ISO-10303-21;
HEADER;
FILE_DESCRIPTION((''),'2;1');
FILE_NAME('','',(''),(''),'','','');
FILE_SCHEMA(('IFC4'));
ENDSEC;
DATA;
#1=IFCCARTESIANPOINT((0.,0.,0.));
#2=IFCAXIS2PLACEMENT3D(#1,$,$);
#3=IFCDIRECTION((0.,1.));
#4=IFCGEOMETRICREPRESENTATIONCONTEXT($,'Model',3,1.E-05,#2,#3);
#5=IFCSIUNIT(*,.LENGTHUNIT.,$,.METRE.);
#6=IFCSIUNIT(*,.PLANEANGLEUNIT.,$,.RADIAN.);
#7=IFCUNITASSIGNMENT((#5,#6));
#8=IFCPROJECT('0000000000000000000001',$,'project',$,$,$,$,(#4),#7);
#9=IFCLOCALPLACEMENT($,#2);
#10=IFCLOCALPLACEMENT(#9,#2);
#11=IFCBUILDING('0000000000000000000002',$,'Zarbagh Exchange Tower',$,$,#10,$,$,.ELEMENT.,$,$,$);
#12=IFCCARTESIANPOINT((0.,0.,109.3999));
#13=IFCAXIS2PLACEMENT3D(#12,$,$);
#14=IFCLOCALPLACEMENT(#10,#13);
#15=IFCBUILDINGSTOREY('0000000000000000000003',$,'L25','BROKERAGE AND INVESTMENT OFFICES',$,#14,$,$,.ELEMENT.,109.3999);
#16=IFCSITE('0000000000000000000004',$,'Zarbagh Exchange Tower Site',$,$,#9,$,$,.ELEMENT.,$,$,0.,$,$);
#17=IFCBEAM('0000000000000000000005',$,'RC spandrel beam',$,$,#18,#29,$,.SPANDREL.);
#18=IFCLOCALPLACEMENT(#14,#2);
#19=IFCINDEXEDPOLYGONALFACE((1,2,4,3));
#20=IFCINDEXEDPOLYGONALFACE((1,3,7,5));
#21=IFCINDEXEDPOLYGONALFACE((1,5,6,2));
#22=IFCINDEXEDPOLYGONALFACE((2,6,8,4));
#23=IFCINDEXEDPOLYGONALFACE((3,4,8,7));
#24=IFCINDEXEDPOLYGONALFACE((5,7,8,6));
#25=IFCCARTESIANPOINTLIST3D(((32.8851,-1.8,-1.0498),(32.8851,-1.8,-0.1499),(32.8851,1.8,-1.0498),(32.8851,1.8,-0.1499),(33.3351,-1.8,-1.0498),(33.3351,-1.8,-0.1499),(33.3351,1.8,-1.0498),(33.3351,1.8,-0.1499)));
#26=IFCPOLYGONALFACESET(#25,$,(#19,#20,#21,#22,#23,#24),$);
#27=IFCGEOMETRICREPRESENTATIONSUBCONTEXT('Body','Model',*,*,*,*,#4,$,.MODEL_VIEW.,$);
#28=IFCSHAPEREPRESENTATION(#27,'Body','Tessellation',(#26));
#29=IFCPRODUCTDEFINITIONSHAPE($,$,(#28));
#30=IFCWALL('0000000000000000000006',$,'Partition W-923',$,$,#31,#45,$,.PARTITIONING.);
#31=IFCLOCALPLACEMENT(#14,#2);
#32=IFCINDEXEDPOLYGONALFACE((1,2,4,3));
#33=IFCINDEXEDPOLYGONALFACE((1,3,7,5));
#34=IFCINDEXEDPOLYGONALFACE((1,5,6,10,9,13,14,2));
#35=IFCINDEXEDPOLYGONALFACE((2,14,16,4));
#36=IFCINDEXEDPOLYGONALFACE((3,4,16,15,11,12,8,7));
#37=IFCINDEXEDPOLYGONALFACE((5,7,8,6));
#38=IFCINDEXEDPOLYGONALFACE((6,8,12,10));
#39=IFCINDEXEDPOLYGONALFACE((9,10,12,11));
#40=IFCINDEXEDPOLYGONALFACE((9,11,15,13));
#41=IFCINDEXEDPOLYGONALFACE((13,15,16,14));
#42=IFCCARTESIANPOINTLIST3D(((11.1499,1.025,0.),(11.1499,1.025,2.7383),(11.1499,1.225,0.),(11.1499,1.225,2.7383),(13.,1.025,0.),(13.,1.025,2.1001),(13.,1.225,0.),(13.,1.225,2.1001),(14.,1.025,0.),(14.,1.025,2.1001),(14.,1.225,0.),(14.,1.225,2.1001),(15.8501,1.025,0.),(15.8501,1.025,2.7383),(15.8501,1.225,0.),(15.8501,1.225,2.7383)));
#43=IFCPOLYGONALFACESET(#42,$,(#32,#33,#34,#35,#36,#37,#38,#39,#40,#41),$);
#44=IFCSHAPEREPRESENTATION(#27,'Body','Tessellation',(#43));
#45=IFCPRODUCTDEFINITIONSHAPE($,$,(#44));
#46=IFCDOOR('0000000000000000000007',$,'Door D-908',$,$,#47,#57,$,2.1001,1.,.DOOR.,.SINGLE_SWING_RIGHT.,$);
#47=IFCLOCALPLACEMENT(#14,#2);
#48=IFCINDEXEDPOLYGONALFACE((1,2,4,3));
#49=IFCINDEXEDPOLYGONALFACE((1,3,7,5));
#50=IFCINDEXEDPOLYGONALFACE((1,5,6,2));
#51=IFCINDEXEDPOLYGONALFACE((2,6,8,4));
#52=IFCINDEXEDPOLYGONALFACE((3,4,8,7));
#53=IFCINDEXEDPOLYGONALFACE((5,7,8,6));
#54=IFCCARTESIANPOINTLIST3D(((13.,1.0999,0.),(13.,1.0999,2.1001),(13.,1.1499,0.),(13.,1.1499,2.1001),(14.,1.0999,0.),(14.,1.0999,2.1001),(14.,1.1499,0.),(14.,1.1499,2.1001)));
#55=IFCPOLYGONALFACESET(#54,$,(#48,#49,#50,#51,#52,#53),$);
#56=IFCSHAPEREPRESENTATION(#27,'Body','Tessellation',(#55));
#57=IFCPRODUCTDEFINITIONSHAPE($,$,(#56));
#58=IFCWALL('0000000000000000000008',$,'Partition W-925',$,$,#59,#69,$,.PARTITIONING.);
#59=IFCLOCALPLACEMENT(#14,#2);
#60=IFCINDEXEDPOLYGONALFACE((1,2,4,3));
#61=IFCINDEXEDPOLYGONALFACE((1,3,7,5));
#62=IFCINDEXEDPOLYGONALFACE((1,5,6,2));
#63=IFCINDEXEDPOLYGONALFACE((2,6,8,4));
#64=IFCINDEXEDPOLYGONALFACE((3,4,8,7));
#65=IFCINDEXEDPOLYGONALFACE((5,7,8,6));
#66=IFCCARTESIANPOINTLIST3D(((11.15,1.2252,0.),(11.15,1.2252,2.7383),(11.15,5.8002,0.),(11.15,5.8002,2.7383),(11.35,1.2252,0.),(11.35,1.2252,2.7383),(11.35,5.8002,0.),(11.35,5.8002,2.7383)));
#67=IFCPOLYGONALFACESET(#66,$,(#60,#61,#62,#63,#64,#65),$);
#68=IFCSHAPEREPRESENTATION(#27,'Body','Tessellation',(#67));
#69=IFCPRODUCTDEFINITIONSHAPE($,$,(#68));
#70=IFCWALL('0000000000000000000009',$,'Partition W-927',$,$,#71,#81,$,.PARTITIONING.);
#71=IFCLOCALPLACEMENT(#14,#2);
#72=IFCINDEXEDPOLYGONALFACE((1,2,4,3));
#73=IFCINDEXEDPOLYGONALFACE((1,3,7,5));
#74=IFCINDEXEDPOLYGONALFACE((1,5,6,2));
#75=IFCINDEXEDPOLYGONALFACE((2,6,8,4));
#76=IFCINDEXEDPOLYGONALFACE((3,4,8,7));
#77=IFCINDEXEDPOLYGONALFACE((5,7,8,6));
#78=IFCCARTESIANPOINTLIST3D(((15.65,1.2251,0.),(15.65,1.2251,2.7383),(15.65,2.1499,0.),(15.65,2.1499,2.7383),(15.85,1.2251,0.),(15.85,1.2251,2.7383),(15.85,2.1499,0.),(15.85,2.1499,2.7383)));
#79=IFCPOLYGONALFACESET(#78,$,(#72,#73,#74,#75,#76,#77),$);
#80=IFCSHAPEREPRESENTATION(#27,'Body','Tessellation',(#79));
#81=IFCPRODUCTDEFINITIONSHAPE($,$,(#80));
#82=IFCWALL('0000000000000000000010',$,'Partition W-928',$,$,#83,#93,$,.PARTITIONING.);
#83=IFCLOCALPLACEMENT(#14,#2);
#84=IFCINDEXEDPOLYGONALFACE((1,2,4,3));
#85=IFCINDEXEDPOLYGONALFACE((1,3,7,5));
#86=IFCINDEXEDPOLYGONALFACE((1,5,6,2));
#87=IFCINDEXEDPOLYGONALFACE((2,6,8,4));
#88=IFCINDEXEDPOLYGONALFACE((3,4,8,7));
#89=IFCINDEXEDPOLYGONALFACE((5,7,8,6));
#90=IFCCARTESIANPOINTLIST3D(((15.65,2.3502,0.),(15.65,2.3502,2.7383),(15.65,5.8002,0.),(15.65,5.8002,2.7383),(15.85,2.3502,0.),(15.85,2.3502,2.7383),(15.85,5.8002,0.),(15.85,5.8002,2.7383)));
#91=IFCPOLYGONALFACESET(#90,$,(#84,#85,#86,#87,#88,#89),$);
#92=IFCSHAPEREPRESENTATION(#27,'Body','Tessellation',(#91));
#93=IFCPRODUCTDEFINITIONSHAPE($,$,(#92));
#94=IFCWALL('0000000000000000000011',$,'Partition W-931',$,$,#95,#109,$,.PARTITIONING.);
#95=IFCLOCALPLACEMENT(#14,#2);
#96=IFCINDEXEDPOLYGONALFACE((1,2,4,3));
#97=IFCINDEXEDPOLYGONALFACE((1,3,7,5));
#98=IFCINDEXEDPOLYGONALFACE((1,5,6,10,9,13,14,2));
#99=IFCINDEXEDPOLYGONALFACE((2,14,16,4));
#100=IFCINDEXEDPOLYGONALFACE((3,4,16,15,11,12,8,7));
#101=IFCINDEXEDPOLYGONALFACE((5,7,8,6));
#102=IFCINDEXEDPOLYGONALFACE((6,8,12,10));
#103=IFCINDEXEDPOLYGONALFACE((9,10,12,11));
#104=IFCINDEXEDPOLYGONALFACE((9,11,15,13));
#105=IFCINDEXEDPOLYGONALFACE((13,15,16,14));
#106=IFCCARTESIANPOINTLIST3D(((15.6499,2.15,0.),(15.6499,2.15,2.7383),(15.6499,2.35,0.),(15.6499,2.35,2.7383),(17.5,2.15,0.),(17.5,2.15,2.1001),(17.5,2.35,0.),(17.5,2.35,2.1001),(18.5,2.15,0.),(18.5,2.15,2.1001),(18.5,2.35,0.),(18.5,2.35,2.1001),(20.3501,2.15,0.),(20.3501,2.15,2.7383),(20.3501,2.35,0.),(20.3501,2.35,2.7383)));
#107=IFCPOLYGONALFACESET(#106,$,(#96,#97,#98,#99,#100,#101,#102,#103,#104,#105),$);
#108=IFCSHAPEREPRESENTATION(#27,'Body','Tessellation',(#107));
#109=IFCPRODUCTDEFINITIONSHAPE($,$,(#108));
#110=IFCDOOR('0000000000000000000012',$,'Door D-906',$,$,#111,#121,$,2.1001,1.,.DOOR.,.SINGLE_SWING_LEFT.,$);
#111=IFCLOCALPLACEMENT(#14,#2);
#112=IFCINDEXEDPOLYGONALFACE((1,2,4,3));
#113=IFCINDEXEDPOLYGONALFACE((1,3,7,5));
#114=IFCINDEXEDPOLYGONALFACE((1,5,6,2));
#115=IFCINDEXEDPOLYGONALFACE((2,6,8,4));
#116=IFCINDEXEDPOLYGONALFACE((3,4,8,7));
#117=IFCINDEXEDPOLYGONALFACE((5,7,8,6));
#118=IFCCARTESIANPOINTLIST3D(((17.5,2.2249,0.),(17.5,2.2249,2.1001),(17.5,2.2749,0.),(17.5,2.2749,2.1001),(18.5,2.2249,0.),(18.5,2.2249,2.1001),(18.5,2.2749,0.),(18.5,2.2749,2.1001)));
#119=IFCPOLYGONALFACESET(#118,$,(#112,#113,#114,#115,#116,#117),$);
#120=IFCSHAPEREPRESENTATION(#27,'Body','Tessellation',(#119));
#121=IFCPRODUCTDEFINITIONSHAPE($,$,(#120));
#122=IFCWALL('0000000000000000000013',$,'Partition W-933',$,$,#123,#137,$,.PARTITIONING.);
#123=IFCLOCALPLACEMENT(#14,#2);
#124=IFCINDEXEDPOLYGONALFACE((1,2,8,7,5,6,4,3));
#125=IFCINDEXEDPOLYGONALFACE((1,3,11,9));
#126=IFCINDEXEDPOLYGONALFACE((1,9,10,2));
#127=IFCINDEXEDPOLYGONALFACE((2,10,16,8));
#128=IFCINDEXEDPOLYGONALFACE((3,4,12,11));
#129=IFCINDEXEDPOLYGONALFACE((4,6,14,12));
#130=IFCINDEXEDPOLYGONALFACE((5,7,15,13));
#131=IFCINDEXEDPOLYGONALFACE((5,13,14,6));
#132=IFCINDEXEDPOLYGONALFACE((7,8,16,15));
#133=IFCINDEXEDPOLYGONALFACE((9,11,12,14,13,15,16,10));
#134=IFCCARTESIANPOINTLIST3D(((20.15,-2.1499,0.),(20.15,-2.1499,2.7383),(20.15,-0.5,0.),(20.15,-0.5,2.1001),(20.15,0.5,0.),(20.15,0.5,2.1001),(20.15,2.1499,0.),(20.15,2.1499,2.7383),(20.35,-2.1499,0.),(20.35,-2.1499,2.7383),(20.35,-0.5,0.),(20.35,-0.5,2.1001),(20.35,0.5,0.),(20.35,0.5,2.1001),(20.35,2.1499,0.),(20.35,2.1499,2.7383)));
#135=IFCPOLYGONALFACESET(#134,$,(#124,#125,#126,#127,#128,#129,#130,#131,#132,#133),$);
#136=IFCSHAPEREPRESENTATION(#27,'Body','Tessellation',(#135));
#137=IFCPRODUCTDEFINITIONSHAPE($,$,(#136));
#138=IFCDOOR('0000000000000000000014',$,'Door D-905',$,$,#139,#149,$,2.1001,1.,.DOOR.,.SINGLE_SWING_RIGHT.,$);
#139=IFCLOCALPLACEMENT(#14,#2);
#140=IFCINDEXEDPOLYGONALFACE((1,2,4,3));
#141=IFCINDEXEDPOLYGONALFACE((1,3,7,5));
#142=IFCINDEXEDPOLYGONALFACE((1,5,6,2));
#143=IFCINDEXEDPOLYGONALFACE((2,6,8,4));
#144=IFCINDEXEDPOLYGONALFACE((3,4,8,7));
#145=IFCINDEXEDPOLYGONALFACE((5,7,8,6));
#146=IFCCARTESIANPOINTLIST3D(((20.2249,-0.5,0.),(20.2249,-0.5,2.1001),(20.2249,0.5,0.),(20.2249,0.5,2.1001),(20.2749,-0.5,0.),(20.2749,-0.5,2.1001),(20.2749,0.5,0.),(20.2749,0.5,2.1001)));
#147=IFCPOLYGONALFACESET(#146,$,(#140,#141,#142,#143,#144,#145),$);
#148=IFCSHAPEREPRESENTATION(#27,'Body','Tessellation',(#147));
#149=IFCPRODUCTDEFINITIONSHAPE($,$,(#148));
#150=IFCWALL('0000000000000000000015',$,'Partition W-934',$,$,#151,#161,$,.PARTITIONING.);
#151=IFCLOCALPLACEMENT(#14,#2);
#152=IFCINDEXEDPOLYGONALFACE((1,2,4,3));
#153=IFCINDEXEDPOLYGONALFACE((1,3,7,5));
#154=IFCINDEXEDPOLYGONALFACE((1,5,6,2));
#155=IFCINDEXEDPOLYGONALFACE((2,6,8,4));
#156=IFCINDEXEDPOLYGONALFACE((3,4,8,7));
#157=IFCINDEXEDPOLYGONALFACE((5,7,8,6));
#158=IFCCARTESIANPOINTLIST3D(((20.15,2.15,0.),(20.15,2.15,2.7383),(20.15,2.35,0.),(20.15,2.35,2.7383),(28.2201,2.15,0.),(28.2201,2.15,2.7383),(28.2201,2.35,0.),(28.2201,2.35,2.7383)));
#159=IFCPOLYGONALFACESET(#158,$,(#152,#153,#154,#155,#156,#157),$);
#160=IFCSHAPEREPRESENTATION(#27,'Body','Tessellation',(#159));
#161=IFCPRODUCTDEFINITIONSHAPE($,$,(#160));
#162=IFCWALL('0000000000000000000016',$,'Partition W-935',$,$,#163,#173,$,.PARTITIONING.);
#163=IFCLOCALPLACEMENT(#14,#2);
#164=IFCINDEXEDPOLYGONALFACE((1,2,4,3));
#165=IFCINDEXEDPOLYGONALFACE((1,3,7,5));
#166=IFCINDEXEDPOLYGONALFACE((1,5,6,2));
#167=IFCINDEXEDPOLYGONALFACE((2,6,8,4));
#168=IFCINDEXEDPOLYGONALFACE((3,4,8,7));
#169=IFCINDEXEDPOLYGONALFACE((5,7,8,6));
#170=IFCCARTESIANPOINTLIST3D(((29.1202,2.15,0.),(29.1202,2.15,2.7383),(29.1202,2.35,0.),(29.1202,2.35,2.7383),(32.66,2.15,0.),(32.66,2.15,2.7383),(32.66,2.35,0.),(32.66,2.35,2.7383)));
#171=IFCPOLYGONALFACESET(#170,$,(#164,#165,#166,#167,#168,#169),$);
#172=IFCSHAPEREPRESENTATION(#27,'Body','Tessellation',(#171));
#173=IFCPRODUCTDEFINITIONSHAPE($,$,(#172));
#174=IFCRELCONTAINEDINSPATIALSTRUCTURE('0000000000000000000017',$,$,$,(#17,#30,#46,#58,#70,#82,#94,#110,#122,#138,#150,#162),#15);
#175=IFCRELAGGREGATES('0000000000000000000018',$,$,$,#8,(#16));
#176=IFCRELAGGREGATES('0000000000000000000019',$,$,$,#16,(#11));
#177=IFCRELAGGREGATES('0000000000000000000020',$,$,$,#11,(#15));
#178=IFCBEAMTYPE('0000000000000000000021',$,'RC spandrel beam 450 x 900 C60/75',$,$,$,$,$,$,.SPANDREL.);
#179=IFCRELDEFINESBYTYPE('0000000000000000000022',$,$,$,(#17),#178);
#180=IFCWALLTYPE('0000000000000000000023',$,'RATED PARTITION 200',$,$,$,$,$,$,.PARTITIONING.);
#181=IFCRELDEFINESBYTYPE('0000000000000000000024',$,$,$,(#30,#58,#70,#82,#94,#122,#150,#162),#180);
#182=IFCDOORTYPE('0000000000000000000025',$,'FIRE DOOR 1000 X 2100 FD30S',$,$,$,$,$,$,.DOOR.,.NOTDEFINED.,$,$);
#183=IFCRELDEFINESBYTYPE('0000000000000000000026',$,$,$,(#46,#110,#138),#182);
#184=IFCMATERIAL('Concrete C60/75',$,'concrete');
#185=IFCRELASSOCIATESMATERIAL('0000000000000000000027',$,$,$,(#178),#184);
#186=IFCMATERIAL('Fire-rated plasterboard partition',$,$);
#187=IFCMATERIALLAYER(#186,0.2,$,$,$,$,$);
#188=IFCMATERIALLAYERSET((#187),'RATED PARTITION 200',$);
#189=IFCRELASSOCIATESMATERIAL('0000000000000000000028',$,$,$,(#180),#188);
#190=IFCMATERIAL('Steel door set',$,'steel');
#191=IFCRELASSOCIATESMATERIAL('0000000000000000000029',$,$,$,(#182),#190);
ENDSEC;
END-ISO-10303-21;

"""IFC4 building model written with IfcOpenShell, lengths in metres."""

from ifc_helpers import new_model, si_unit, direction, frame, frame_2d, origin, origin_2d, place, context, subcontext, project, spatial, rectangle, extrude, material, layer, layer_set, material_profile, profile_set, type_object, element, fill, save


model = new_model("IFC4")

# Units and contexts
model_context = context("Model", 3, precision=1e-05, world=origin(), true_north=direction((0.0, 1.0)))
body_context = subcontext(model_context, "Body", "Model", "MODEL_VIEW")
ifc_project = project(units=[si_unit("LENGTHUNIT", "METRE"), si_unit("PLANEANGLEUNIT", "RADIAN")], contexts=[model_context])

# Site, building, storey
site_placement = place(None, origin())
site = spatial("IfcSite", under=ifc_project, at=site_placement, Name="Zarbagh Exchange Tower Site", CompositionType="ELEMENT", RefElevation=0.0)
building_placement = place(site_placement, origin())
building = spatial("IfcBuilding", under=site, at=building_placement, Name="Zarbagh Exchange Tower", CompositionType="ELEMENT")
storey_placement = place(building_placement, frame((0.0, 0.0, 109.3999)))
storey = spatial("IfcBuildingStorey", under=building, at=storey_placement, Name="L25", Description="BROKERAGE AND INVESTMENT OFFICES", CompositionType="ELEMENT", Elevation=109.3999)

# Shared definitions
ifc_material_1 = material(Name="Concrete C60/75", Category="concrete")

# Beam
ifc_material_profile_1 = material_profile(ifc_material_1, rectangle(XDim=0.45, YDim=0.8999, at=origin_2d()), Name="RC spandrel beam 450 x 900 C60/75")
ifc_profile_set_1 = profile_set([ifc_material_profile_1], Name="Concrete C60/75")
beam_type = type_object("IfcBeamType", Name="RC spandrel beam 450 x 900 C60/75", PredefinedType="SPANDREL", material=ifc_profile_set_1)
beam_1_placement = place(storey_placement, frame((33.1101, 1.8, -0.5999), z_axis=(0.0, -1.0, 0.0), x_axis=(1.0, 0.0, 0.0)))
element("IfcBeam", 1, at=beam_1_placement, inside=storey, type_object=beam_type, Name="RC spandrel beam", PredefinedType="SPANDREL", context=body_context, shape_type="SweptSolid", body=[
    extrude(rectangle(XDim=0.45, YDim=0.8999, at=origin_2d()), origin(), (0.0, 0.0, 1.0), 3.6001),
])

# Wall, opening, door
ifc_material_2 = material(Name="Fire-rated plasterboard partition")
ifc_layer = layer(ifc_material_2, 0.2)
ifc_layer_set = layer_set([ifc_layer], Name="RATED PARTITION 200")
wall_type = type_object("IfcWallType", Name="RATED PARTITION 200", PredefinedType="PARTITIONING", material=ifc_layer_set)
wall_1_placement = place(storey_placement, frame((11.1499, 1.125, 0.0), z_axis=(0.0, 0.0, 1.0), x_axis=(1.0, 0.0, 0.0)))
wall_1 = element("IfcWall", 2, at=wall_1_placement, inside=storey, type_object=wall_type, Name="Partition W-923", PredefinedType="PARTITIONING", context=body_context, shape_type="SweptSolid", body=[
    extrude(rectangle(XDim=4.7002, YDim=0.2, at=frame_2d((2.3501, 0.0))), origin(), (0.0, 0.0, 1.0), 2.7383),
])
opening_1_placement = place(wall_1_placement, frame((1.8501, 0.0, 0.0)))
opening_1 = element("IfcOpeningElement", 3, at=opening_1_placement, cuts=wall_1, PredefinedType="OPENING", context=body_context, shape_type="SweptSolid", body=[
    extrude(rectangle(XDim=1.0, YDim=2.1001, at=frame_2d((0.5, 1.05))), frame((0.0, 0.1099, 0.0), z_axis=(0.0, -1.0, 0.0), x_axis=(1.0, 0.0, 0.0)), (0.0, 0.0, 1.0), 0.22),
])
ifc_material_3 = material(Name="Steel door set", Category="steel")
door_type = type_object("IfcDoorType", Name="FIRE DOOR 1000 X 2100 FD30S", OperationType="NOTDEFINED", PredefinedType="DOOR", material=ifc_material_3)
door_1_placement = place(opening_1_placement, origin())
door_1 = element("IfcDoor", 4, at=door_1_placement, inside=storey, type_object=door_type, Name="Door D-908", OperationType="SINGLE_SWING_RIGHT", OverallHeight=2.1001, OverallWidth=1.0, PredefinedType="DOOR", context=body_context, shape_type="SweptSolid", body=[
    extrude(rectangle(XDim=1.0, YDim=2.1001, at=frame_2d((0.5, 1.05))), frame((0.0, 0.0249, 0.0), z_axis=(0.0, -1.0, 0.0), x_axis=(1.0, 0.0, 0.0)), (0.0, 0.0, 1.0), 0.05),
])
fill(opening_1, door_1)

# Walls
wall_2_placement = place(storey_placement, frame((11.25, 1.2251, 0.0), z_axis=(0.0, 0.0, 1.0), x_axis=(0.0, 1.0, 0.0)))
element("IfcWall", 5, at=wall_2_placement, inside=storey, type_object=wall_type, Name="Partition W-925", PredefinedType="PARTITIONING", context=body_context, shape_type="SweptSolid", body=[
    extrude(rectangle(XDim=4.575, YDim=0.2, at=frame_2d((2.2876, 0.0))), origin(), (0.0, 0.0, 1.0), 2.7383),
])
wall_3_placement = place(storey_placement, frame((15.75, 1.2251, 0.0), z_axis=(0.0, 0.0, 1.0), x_axis=(0.0, 1.0, 0.0)))
element("IfcWall", 6, at=wall_3_placement, inside=storey, type_object=wall_type, Name="Partition W-927", PredefinedType="PARTITIONING", context=body_context, shape_type="SweptSolid", body=[
    extrude(rectangle(XDim=0.9248, YDim=0.2, at=frame_2d((0.4624, 0.0))), origin(), (0.0, 0.0, 1.0), 2.7383),
])
wall_4_placement = place(storey_placement, frame((15.75, 2.3501, 0.0), z_axis=(0.0, 0.0, 1.0), x_axis=(0.0, 1.0, 0.0)))
element("IfcWall", 7, at=wall_4_placement, inside=storey, type_object=wall_type, Name="Partition W-928", PredefinedType="PARTITIONING", context=body_context, shape_type="SweptSolid", body=[
    extrude(rectangle(XDim=3.45, YDim=0.2, at=frame_2d((1.7251, 0.0))), origin(), (0.0, 0.0, 1.0), 2.7383),
])

# Walls, openings, doors
wall_5_placement = place(storey_placement, frame((15.6499, 2.25, 0.0), z_axis=(0.0, 0.0, 1.0), x_axis=(1.0, 0.0, 0.0)))
wall_5 = element("IfcWall", 8, at=wall_5_placement, inside=storey, type_object=wall_type, Name="Partition W-931", PredefinedType="PARTITIONING", context=body_context, shape_type="SweptSolid", body=[
    extrude(rectangle(XDim=4.7002, YDim=0.2, at=frame_2d((2.3501, 0.0))), origin(), (0.0, 0.0, 1.0), 2.7383),
])
opening_2_placement = place(wall_5_placement, frame((1.8501, 0.0, 0.0)))
opening_2 = element("IfcOpeningElement", 9, at=opening_2_placement, cuts=wall_5, PredefinedType="OPENING", context=body_context, shape_type="SweptSolid", body=[
    extrude(rectangle(XDim=1.0, YDim=2.1001, at=frame_2d((0.5, 1.05))), frame((0.0, 0.1099, 0.0), z_axis=(0.0, -1.0, 0.0), x_axis=(1.0, 0.0, 0.0)), (0.0, 0.0, 1.0), 0.22),
])
door_2_placement = place(opening_2_placement, origin())
door_2 = element("IfcDoor", 10, at=door_2_placement, inside=storey, type_object=door_type, Name="Door D-906", OperationType="SINGLE_SWING_LEFT", OverallHeight=2.1001, OverallWidth=1.0, PredefinedType="DOOR", context=body_context, shape_type="SweptSolid", body=[
    extrude(rectangle(XDim=1.0, YDim=2.1001, at=frame_2d((0.5, 1.05))), frame((0.0, 0.0249, 0.0), z_axis=(0.0, -1.0, 0.0), x_axis=(1.0, 0.0, 0.0)), (0.0, 0.0, 1.0), 0.05),
])
fill(opening_2, door_2)
wall_6_placement = place(storey_placement, frame((20.25, 2.1499, 0.0), z_axis=(0.0, 0.0, 1.0), x_axis=(0.0, -1.0, 0.0)))
wall_6 = element("IfcWall", 11, at=wall_6_placement, inside=storey, type_object=wall_type, Name="Partition W-933", PredefinedType="PARTITIONING", context=body_context, shape_type="SweptSolid", body=[
    extrude(rectangle(XDim=4.2998, YDim=0.2, at=frame_2d((2.1499, 0.0))), origin(), (0.0, 0.0, 1.0), 2.7383),
])
opening_3_placement = place(wall_6_placement, frame((1.6499, 0.0, 0.0)))
opening_3 = element("IfcOpeningElement", 12, at=opening_3_placement, cuts=wall_6, PredefinedType="OPENING", context=body_context, shape_type="SweptSolid", body=[
    extrude(rectangle(XDim=1.0, YDim=2.1001, at=frame_2d((0.5, 1.05))), frame((0.0, 0.1099, 0.0), z_axis=(0.0, -1.0, 0.0), x_axis=(1.0, 0.0, 0.0)), (0.0, 0.0, 1.0), 0.22),
])
door_3_placement = place(opening_3_placement, origin())
door_3 = element("IfcDoor", 13, at=door_3_placement, inside=storey, type_object=door_type, Name="Door D-905", OperationType="SINGLE_SWING_RIGHT", OverallHeight=2.1001, OverallWidth=1.0, PredefinedType="DOOR", context=body_context, shape_type="SweptSolid", body=[
    extrude(rectangle(XDim=1.0, YDim=2.1001, at=frame_2d((0.5, 1.05))), frame((0.0, 0.0249, 0.0), z_axis=(0.0, -1.0, 0.0), x_axis=(1.0, 0.0, 0.0)), (0.0, 0.0, 1.0), 0.05),
])
fill(opening_3, door_3)

# Walls
wall_7_placement = place(storey_placement, frame((20.1499, 2.25, 0.0), z_axis=(0.0, 0.0, 1.0), x_axis=(1.0, 0.0, 0.0)))
element("IfcWall", 14, at=wall_7_placement, inside=storey, type_object=wall_type, Name="Partition W-934", PredefinedType="PARTITIONING", context=body_context, shape_type="SweptSolid", body=[
    extrude(rectangle(XDim=8.0701, YDim=0.2, at=frame_2d((4.0352, 0.0))), origin(), (0.0, 0.0, 1.0), 2.7383),
])
wall_8_placement = place(storey_placement, frame((29.1201, 2.25, 0.0), z_axis=(0.0, 0.0, 1.0), x_axis=(1.0, 0.0, 0.0)))
element("IfcWall", 15, at=wall_8_placement, inside=storey, type_object=wall_type, Name="Partition W-935", PredefinedType="PARTITIONING", context=body_context, shape_type="SweptSolid", body=[
    extrude(rectangle(XDim=3.5398, YDim=0.2, at=frame_2d((1.77, 0.0))), origin(), (0.0, 0.0, 1.0), 2.7383),
])

save(model, "model.ifc")
